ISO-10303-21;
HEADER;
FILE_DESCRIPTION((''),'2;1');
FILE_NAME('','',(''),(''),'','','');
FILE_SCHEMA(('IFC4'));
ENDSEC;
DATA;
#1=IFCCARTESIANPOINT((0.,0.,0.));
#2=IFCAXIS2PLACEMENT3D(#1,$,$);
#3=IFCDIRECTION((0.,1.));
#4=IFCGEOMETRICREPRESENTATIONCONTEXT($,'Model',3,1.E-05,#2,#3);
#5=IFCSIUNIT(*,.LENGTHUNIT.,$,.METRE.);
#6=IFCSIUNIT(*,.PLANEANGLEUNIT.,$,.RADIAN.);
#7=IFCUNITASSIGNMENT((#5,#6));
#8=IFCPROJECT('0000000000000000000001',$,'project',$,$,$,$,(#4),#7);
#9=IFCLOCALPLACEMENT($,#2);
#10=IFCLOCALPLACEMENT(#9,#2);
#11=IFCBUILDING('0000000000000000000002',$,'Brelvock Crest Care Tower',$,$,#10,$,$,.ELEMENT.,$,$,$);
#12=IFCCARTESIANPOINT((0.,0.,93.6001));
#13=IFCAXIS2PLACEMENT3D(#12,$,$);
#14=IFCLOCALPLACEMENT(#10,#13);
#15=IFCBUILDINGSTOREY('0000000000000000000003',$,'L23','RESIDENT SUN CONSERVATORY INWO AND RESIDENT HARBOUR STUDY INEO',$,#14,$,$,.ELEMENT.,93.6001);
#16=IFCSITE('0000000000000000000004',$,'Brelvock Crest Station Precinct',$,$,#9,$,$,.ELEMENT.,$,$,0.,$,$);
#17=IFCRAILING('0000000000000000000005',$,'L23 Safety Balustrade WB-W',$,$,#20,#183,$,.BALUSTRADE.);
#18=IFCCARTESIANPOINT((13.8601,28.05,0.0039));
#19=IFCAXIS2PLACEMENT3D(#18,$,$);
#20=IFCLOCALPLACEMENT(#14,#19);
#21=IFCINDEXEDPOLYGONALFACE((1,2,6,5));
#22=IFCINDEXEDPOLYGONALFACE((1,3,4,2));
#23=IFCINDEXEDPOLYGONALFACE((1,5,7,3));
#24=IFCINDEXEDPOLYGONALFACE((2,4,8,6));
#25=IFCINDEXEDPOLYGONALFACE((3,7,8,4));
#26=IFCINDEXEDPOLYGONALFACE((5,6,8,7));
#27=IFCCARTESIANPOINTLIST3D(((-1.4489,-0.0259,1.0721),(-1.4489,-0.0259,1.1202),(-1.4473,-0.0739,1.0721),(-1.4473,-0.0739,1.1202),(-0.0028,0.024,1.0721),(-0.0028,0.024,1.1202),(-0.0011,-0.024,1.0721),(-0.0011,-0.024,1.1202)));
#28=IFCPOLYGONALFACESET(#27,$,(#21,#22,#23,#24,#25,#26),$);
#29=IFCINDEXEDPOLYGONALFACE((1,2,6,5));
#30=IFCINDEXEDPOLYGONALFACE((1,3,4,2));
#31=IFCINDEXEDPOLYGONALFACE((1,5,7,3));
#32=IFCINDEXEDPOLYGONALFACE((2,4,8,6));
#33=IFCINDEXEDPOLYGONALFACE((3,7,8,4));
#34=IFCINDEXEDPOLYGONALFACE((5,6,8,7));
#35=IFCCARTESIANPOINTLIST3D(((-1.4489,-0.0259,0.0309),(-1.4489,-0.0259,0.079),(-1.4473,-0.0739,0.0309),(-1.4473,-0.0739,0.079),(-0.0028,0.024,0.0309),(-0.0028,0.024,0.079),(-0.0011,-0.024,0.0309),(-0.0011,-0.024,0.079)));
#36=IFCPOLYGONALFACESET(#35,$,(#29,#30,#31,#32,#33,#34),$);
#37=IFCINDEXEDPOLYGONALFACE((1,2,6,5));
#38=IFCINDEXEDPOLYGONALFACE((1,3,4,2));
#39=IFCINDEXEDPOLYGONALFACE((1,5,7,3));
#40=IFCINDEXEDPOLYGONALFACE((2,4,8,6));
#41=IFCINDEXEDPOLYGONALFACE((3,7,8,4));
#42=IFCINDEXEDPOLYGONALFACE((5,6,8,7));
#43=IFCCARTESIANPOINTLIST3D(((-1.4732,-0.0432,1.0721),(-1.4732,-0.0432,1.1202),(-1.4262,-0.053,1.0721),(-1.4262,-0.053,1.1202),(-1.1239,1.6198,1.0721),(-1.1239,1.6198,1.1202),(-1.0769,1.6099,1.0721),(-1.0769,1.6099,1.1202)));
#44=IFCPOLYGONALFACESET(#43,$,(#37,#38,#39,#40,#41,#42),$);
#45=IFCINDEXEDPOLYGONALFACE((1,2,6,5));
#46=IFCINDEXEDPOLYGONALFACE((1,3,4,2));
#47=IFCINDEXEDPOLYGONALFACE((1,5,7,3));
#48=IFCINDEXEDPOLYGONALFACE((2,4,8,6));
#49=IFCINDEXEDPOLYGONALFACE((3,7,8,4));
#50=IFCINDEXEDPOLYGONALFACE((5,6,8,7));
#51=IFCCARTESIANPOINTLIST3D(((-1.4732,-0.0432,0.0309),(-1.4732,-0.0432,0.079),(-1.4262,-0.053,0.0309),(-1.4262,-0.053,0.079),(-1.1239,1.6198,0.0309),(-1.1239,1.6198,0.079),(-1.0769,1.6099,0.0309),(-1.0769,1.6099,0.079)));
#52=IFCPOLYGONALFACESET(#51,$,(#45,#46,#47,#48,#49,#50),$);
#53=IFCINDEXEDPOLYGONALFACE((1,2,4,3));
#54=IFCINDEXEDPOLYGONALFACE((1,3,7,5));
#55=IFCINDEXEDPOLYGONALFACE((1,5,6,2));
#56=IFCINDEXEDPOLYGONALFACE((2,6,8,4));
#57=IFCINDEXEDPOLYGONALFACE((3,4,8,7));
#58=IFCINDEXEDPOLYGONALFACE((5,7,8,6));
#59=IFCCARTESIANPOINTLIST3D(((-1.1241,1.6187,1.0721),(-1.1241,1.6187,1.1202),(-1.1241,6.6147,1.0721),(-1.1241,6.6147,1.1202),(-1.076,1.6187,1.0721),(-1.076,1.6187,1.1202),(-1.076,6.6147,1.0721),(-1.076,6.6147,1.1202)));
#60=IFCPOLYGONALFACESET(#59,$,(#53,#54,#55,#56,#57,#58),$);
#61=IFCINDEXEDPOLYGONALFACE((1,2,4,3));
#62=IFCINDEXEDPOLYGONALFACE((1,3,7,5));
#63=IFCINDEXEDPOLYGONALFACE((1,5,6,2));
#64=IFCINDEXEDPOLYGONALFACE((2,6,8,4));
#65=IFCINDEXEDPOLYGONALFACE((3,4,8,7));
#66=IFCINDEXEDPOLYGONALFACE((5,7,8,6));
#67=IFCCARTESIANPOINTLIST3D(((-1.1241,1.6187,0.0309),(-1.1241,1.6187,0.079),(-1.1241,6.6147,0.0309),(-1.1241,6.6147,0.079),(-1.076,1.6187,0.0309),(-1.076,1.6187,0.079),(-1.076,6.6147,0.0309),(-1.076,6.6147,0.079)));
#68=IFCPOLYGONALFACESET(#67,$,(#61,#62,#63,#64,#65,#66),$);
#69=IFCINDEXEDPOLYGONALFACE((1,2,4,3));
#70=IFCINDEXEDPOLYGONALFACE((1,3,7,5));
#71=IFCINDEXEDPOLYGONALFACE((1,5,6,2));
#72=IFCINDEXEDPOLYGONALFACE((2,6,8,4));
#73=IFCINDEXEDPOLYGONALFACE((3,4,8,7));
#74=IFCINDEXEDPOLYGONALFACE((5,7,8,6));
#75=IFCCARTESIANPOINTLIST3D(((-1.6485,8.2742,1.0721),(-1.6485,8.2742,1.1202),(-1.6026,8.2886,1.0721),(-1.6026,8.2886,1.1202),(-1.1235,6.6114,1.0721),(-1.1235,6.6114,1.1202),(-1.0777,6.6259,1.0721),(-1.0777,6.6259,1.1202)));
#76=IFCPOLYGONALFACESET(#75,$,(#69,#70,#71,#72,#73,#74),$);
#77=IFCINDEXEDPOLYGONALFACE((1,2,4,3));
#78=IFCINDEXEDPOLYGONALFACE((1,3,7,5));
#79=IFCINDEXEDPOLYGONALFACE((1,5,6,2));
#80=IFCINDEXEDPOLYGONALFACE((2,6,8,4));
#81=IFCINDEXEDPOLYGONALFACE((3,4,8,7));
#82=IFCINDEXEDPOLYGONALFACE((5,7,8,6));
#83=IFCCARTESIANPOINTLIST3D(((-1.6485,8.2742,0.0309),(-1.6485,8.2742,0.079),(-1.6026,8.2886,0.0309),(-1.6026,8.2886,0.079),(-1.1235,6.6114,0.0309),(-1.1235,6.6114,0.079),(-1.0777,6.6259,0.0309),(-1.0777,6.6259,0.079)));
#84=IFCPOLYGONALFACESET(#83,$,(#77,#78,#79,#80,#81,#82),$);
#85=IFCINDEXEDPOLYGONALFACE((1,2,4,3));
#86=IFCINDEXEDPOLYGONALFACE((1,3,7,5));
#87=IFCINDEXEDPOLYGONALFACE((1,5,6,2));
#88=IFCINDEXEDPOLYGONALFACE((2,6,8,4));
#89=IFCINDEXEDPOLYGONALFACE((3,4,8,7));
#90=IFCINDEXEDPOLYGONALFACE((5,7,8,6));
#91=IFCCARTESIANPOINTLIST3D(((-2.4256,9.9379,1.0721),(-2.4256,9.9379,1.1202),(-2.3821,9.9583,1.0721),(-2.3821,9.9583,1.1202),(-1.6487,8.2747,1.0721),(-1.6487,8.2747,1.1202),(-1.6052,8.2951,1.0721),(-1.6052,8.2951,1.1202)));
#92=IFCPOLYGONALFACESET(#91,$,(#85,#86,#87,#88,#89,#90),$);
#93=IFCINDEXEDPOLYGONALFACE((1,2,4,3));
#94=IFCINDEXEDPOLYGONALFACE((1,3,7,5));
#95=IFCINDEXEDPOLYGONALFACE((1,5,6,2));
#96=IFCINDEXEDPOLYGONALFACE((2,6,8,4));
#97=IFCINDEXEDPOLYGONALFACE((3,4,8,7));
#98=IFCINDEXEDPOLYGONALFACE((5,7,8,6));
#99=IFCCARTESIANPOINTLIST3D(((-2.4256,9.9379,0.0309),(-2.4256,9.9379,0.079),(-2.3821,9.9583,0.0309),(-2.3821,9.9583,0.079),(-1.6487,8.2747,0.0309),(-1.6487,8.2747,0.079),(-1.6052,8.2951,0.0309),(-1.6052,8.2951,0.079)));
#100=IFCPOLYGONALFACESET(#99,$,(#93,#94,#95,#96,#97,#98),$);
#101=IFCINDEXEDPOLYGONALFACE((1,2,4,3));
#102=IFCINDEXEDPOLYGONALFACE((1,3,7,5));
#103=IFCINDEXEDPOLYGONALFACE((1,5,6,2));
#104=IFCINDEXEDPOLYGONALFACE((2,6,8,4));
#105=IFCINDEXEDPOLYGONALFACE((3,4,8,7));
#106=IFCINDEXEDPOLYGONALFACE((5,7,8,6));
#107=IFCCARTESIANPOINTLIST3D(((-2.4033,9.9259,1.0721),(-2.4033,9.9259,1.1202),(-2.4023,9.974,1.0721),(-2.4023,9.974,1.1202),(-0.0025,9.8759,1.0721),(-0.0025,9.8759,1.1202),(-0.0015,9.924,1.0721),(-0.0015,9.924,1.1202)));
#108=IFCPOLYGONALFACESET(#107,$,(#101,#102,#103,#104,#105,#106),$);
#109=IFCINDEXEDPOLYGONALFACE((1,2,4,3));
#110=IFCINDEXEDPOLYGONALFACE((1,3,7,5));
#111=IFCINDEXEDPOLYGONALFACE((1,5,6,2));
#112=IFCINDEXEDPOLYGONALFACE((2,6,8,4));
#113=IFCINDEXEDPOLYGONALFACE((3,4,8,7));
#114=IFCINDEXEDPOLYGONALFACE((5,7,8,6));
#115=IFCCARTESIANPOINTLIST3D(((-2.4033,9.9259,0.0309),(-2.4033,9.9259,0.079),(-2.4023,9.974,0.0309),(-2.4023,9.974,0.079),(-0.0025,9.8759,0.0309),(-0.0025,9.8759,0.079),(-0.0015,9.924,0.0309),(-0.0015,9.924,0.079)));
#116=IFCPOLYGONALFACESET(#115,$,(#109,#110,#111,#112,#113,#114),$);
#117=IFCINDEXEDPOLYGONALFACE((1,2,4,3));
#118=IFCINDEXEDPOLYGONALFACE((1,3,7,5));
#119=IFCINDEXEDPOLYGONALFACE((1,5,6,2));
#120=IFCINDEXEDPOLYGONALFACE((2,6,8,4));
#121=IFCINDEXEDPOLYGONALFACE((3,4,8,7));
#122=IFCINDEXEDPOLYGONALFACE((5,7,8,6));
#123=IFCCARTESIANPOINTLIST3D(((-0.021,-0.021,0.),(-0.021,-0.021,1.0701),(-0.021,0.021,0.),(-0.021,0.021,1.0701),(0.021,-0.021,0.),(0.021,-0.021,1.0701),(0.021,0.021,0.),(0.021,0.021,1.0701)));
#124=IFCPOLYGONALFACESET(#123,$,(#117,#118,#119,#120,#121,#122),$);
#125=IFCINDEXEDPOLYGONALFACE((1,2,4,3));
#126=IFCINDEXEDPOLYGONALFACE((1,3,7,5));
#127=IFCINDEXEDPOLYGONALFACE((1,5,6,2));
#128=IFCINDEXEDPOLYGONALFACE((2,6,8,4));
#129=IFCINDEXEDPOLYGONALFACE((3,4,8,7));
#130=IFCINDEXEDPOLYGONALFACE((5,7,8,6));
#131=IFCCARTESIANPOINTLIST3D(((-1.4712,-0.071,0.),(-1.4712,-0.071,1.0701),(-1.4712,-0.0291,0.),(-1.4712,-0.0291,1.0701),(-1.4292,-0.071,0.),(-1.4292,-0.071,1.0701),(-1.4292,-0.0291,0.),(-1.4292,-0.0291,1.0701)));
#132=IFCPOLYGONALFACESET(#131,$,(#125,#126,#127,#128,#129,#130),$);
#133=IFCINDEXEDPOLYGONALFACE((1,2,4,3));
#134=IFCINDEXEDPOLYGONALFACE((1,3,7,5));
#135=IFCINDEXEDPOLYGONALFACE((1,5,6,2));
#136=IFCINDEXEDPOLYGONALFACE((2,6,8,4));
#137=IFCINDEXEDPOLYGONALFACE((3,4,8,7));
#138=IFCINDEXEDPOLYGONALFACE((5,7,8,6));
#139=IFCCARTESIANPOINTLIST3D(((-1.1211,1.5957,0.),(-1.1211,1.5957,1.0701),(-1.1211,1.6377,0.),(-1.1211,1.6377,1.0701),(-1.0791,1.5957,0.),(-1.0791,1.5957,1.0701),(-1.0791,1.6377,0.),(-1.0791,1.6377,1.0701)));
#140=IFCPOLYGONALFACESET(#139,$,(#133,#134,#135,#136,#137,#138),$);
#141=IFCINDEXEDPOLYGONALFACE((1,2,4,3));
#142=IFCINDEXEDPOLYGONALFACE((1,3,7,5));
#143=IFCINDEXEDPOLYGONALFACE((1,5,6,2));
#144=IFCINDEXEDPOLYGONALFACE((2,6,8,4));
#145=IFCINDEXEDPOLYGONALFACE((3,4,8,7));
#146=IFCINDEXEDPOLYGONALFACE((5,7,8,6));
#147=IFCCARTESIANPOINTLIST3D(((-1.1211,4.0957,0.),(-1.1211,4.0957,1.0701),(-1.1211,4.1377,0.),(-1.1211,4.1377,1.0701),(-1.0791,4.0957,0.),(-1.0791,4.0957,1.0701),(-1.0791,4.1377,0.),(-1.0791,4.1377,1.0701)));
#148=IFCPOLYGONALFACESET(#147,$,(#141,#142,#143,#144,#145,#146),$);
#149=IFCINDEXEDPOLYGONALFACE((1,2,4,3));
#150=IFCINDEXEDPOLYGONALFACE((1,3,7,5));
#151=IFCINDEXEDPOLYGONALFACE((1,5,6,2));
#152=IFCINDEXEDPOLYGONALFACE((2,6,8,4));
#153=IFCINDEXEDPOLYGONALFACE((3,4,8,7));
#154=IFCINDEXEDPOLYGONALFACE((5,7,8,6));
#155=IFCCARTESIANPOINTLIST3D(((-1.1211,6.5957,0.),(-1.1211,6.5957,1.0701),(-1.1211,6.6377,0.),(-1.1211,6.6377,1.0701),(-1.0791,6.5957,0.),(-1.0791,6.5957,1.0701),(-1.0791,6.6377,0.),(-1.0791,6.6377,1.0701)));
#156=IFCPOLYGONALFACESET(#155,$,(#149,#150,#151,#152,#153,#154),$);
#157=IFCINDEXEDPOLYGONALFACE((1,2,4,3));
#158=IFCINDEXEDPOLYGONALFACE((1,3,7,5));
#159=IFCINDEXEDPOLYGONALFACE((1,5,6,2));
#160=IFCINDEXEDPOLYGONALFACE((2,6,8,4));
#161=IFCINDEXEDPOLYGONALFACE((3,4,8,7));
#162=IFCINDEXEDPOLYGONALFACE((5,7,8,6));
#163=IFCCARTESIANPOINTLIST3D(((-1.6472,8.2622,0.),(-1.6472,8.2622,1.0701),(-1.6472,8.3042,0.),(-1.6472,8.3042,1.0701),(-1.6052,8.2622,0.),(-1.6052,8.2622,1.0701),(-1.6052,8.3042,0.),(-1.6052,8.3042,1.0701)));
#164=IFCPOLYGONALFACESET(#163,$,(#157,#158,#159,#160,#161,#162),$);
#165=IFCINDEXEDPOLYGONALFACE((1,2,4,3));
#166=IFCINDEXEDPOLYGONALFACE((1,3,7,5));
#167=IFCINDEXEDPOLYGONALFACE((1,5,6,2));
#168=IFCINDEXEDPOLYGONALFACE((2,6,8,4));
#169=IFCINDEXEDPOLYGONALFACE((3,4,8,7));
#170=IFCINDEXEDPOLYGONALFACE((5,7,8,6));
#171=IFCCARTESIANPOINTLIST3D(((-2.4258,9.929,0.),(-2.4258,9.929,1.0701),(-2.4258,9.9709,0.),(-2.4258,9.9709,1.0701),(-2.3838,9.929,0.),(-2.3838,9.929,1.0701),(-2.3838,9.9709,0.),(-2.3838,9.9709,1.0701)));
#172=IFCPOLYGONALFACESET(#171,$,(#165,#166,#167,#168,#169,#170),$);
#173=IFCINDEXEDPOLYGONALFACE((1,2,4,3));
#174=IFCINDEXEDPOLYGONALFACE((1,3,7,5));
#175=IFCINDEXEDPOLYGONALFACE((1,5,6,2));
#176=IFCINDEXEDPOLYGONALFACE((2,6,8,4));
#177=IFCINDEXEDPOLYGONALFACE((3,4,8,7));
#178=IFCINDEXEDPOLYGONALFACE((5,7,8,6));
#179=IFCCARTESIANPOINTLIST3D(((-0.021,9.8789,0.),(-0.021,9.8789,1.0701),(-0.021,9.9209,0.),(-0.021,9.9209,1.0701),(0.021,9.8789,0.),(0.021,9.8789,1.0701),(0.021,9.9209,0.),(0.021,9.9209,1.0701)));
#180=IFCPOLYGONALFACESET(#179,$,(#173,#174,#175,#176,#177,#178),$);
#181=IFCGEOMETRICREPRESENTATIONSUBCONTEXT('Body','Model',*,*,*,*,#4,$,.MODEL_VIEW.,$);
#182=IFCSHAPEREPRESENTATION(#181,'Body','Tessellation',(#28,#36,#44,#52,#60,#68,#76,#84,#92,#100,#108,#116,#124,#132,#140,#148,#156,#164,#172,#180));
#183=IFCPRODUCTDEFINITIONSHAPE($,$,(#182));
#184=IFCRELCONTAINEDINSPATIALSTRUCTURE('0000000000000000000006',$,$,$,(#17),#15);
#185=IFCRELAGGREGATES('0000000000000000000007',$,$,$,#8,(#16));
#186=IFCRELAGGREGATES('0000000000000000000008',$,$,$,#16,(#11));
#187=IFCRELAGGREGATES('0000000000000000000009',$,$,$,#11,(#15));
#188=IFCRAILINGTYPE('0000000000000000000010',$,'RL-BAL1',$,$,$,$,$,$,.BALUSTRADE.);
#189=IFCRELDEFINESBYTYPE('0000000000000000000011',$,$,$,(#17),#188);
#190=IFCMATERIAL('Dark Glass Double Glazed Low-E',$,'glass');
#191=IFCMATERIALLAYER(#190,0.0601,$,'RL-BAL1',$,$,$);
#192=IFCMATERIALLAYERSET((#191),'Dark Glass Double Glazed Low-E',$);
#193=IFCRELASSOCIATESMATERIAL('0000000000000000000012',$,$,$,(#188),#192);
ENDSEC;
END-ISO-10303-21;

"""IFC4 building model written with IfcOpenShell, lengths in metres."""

from ifc_helpers import new_model, si_unit, direction, frame, origin, origin_2d, place, context, subcontext, project, spatial, rectangle, extrude, material, layer, layer_set, type_object, element, save


model = new_model("IFC4")

# Units and contexts
model_context = context("Model", 3, precision=1e-05, world=origin(), true_north=direction((0.0, 1.0)))
body_context = subcontext(model_context, "Body", "Model", "MODEL_VIEW")
ifc_project = project(units=[si_unit("LENGTHUNIT", "METRE"), si_unit("PLANEANGLEUNIT", "RADIAN")], contexts=[model_context])

# Site, building, storey
site_placement = place(None, origin())
site = spatial("IfcSite", under=ifc_project, at=site_placement, Name="Brelvock Crest Station Precinct", CompositionType="ELEMENT", RefElevation=0.0)
building_placement = place(site_placement, origin())
building = spatial("IfcBuilding", under=site, at=building_placement, Name="Brelvock Crest Care Tower", CompositionType="ELEMENT")
storey_placement = place(building_placement, frame((0.0, 0.0, 93.6001)))
storey = spatial("IfcBuildingStorey", under=building, at=storey_placement, Name="L23", Description="RESIDENT SUN CONSERVATORY INWO AND RESIDENT HARBOUR STUDY INEO", CompositionType="ELEMENT", Elevation=93.6001)

# Shared definitions
ifc_material_1 = material(Name="Dark Glass Double Glazed Low-E", Category="glass")

# Railing
ifc_layer_1 = layer(ifc_material_1, 0.0601, Name="RL-BAL1")
ifc_layer_set_1 = layer_set([ifc_layer_1], Name="Dark Glass Double Glazed Low-E")
railing_type = type_object("IfcRailingType", Name="RL-BAL1", PredefinedType="BALUSTRADE", material=ifc_layer_set_1)
railing_placement = place(storey_placement, frame((13.8601, 28.05, 0.0039)))
element("IfcRailing", 1, at=railing_placement, inside=storey, type_object=railing_type, Name="L23 Safety Balustrade WB-W", PredefinedType="BALUSTRADE", context=body_context, shape_type="SweptSolid", body=[
    extrude(rectangle(XDim=0.0481, YDim=0.0481, at=origin_2d()), frame((-0.002, 0.0, 1.0962), z_axis=(-0.999405, -0.034491, 0.0), x_axis=(0.034491, -0.999405, 0.0)), (0.0, 0.0, 1.0), 1.447),
    extrude(rectangle(XDim=0.0481, YDim=0.0481, at=origin_2d()), frame((-0.002, 0.0, 0.0549), z_axis=(-0.999405, -0.034491, 0.0), x_axis=(0.034491, -0.999405, 0.0)), (0.0, 0.0, 1.0), 1.447),
    extrude(rectangle(XDim=0.0481, YDim=0.0481, at=origin_2d()), frame((-1.4497, -0.0481, 1.0962), z_axis=(0.205563, 0.978644, 0.0), x_axis=(-0.978644, 0.205563, 0.0)), (0.0, 0.0, 1.0), 1.6992),
    extrude(rectangle(XDim=0.0481, YDim=0.0481, at=origin_2d()), frame((-1.4497, -0.0481, 0.0549), z_axis=(0.205563, 0.978644, 0.0), x_axis=(-0.978644, 0.205563, 0.0)), (0.0, 0.0, 1.0), 1.6992),
    extrude(rectangle(XDim=0.0481, YDim=0.0481, at=origin_2d()), frame((-1.1001, 1.6187, 1.0962), z_axis=(0.0, 1.0, 0.0), x_axis=(-1.0, 0.0, 0.0)), (0.0, 0.0, 1.0), 4.9961),
    extrude(rectangle(XDim=0.0481, YDim=0.0481, at=origin_2d()), frame((-1.1001, 1.6187, 0.0549), z_axis=(0.0, 1.0, 0.0), x_axis=(-1.0, 0.0, 0.0)), (0.0, 0.0, 1.0), 4.9961),
    extrude(rectangle(XDim=0.0481, YDim=0.0481, at=origin_2d()), frame((-1.1006, 6.6187, 1.0962), z_axis=(-0.301058, 0.953606, 0.0), x_axis=(-0.953606, -0.301058, 0.0)), (0.0, 0.0, 1.0), 1.7437),
    extrude(rectangle(XDim=0.0481, YDim=0.0481, at=origin_2d()), frame((-1.1006, 6.6187, 0.0549), z_axis=(-0.301058, 0.953606, 0.0), x_axis=(-0.953606, -0.301058, 0.0)), (0.0, 0.0, 1.0), 1.7437),
    extrude(rectangle(XDim=0.0481, YDim=0.0481, at=origin_2d()), frame((-1.627, 8.2849, 1.0962), z_axis=(-0.42322, 0.906027, 0.0), x_axis=(-0.906027, -0.42322, 0.0)), (0.0, 0.0, 1.0), 1.8357),
    extrude(rectangle(XDim=0.0481, YDim=0.0481, at=origin_2d()), frame((-1.627, 8.2849, 0.0549), z_axis=(-0.42322, 0.906027, 0.0), x_axis=(-0.906027, -0.42322, 0.0)), (0.0, 0.0, 1.0), 1.8357),
    extrude(rectangle(XDim=0.0481, YDim=0.0481, at=origin_2d()), frame((-2.4028, 9.95, 1.0962), z_axis=(0.999783, -0.020808, 0.0), x_axis=(0.020808, 0.999783, 0.0)), (0.0, 0.0, 1.0), 2.4014),
    extrude(rectangle(XDim=0.0481, YDim=0.0481, at=origin_2d()), frame((-2.4028, 9.95, 0.0549), z_axis=(0.999783, -0.020808, 0.0), x_axis=(0.020808, 0.999783, 0.0)), (0.0, 0.0, 1.0), 2.4014),
    extrude(rectangle(XDim=0.042, YDim=0.042, at=origin_2d()), origin(), (0.0, 0.0, 1.0), 1.0701),
    extrude(rectangle(XDim=0.042, YDim=0.042, at=origin_2d()), frame((-1.4502, -0.05, 0.0)), (0.0, 0.0, 1.0), 1.0701),
    extrude(rectangle(XDim=0.042, YDim=0.042, at=origin_2d()), frame((-1.1001, 1.6167, 0.0)), (0.0, 0.0, 1.0), 1.0701),
    extrude(rectangle(XDim=0.042, YDim=0.042, at=origin_2d()), frame((-1.1001, 4.1167, 0.0)), (0.0, 0.0, 1.0), 1.0701),
    extrude(rectangle(XDim=0.042, YDim=0.042, at=origin_2d()), frame((-1.1001, 6.6167, 0.0)), (0.0, 0.0, 1.0), 1.0701),
    extrude(rectangle(XDim=0.042, YDim=0.042, at=origin_2d()), frame((-1.6262, 8.2832, 0.0)), (0.0, 0.0, 1.0), 1.0701),
    extrude(rectangle(XDim=0.042, YDim=0.042, at=origin_2d()), frame((-2.4048, 9.95, 0.0)), (0.0, 0.0, 1.0), 1.0701),
    extrude(rectangle(XDim=0.042, YDim=0.042, at=origin_2d()), frame((0.0, 9.8999, 0.0)), (0.0, 0.0, 1.0), 1.0701),
])

save(model, "model.ifc")
